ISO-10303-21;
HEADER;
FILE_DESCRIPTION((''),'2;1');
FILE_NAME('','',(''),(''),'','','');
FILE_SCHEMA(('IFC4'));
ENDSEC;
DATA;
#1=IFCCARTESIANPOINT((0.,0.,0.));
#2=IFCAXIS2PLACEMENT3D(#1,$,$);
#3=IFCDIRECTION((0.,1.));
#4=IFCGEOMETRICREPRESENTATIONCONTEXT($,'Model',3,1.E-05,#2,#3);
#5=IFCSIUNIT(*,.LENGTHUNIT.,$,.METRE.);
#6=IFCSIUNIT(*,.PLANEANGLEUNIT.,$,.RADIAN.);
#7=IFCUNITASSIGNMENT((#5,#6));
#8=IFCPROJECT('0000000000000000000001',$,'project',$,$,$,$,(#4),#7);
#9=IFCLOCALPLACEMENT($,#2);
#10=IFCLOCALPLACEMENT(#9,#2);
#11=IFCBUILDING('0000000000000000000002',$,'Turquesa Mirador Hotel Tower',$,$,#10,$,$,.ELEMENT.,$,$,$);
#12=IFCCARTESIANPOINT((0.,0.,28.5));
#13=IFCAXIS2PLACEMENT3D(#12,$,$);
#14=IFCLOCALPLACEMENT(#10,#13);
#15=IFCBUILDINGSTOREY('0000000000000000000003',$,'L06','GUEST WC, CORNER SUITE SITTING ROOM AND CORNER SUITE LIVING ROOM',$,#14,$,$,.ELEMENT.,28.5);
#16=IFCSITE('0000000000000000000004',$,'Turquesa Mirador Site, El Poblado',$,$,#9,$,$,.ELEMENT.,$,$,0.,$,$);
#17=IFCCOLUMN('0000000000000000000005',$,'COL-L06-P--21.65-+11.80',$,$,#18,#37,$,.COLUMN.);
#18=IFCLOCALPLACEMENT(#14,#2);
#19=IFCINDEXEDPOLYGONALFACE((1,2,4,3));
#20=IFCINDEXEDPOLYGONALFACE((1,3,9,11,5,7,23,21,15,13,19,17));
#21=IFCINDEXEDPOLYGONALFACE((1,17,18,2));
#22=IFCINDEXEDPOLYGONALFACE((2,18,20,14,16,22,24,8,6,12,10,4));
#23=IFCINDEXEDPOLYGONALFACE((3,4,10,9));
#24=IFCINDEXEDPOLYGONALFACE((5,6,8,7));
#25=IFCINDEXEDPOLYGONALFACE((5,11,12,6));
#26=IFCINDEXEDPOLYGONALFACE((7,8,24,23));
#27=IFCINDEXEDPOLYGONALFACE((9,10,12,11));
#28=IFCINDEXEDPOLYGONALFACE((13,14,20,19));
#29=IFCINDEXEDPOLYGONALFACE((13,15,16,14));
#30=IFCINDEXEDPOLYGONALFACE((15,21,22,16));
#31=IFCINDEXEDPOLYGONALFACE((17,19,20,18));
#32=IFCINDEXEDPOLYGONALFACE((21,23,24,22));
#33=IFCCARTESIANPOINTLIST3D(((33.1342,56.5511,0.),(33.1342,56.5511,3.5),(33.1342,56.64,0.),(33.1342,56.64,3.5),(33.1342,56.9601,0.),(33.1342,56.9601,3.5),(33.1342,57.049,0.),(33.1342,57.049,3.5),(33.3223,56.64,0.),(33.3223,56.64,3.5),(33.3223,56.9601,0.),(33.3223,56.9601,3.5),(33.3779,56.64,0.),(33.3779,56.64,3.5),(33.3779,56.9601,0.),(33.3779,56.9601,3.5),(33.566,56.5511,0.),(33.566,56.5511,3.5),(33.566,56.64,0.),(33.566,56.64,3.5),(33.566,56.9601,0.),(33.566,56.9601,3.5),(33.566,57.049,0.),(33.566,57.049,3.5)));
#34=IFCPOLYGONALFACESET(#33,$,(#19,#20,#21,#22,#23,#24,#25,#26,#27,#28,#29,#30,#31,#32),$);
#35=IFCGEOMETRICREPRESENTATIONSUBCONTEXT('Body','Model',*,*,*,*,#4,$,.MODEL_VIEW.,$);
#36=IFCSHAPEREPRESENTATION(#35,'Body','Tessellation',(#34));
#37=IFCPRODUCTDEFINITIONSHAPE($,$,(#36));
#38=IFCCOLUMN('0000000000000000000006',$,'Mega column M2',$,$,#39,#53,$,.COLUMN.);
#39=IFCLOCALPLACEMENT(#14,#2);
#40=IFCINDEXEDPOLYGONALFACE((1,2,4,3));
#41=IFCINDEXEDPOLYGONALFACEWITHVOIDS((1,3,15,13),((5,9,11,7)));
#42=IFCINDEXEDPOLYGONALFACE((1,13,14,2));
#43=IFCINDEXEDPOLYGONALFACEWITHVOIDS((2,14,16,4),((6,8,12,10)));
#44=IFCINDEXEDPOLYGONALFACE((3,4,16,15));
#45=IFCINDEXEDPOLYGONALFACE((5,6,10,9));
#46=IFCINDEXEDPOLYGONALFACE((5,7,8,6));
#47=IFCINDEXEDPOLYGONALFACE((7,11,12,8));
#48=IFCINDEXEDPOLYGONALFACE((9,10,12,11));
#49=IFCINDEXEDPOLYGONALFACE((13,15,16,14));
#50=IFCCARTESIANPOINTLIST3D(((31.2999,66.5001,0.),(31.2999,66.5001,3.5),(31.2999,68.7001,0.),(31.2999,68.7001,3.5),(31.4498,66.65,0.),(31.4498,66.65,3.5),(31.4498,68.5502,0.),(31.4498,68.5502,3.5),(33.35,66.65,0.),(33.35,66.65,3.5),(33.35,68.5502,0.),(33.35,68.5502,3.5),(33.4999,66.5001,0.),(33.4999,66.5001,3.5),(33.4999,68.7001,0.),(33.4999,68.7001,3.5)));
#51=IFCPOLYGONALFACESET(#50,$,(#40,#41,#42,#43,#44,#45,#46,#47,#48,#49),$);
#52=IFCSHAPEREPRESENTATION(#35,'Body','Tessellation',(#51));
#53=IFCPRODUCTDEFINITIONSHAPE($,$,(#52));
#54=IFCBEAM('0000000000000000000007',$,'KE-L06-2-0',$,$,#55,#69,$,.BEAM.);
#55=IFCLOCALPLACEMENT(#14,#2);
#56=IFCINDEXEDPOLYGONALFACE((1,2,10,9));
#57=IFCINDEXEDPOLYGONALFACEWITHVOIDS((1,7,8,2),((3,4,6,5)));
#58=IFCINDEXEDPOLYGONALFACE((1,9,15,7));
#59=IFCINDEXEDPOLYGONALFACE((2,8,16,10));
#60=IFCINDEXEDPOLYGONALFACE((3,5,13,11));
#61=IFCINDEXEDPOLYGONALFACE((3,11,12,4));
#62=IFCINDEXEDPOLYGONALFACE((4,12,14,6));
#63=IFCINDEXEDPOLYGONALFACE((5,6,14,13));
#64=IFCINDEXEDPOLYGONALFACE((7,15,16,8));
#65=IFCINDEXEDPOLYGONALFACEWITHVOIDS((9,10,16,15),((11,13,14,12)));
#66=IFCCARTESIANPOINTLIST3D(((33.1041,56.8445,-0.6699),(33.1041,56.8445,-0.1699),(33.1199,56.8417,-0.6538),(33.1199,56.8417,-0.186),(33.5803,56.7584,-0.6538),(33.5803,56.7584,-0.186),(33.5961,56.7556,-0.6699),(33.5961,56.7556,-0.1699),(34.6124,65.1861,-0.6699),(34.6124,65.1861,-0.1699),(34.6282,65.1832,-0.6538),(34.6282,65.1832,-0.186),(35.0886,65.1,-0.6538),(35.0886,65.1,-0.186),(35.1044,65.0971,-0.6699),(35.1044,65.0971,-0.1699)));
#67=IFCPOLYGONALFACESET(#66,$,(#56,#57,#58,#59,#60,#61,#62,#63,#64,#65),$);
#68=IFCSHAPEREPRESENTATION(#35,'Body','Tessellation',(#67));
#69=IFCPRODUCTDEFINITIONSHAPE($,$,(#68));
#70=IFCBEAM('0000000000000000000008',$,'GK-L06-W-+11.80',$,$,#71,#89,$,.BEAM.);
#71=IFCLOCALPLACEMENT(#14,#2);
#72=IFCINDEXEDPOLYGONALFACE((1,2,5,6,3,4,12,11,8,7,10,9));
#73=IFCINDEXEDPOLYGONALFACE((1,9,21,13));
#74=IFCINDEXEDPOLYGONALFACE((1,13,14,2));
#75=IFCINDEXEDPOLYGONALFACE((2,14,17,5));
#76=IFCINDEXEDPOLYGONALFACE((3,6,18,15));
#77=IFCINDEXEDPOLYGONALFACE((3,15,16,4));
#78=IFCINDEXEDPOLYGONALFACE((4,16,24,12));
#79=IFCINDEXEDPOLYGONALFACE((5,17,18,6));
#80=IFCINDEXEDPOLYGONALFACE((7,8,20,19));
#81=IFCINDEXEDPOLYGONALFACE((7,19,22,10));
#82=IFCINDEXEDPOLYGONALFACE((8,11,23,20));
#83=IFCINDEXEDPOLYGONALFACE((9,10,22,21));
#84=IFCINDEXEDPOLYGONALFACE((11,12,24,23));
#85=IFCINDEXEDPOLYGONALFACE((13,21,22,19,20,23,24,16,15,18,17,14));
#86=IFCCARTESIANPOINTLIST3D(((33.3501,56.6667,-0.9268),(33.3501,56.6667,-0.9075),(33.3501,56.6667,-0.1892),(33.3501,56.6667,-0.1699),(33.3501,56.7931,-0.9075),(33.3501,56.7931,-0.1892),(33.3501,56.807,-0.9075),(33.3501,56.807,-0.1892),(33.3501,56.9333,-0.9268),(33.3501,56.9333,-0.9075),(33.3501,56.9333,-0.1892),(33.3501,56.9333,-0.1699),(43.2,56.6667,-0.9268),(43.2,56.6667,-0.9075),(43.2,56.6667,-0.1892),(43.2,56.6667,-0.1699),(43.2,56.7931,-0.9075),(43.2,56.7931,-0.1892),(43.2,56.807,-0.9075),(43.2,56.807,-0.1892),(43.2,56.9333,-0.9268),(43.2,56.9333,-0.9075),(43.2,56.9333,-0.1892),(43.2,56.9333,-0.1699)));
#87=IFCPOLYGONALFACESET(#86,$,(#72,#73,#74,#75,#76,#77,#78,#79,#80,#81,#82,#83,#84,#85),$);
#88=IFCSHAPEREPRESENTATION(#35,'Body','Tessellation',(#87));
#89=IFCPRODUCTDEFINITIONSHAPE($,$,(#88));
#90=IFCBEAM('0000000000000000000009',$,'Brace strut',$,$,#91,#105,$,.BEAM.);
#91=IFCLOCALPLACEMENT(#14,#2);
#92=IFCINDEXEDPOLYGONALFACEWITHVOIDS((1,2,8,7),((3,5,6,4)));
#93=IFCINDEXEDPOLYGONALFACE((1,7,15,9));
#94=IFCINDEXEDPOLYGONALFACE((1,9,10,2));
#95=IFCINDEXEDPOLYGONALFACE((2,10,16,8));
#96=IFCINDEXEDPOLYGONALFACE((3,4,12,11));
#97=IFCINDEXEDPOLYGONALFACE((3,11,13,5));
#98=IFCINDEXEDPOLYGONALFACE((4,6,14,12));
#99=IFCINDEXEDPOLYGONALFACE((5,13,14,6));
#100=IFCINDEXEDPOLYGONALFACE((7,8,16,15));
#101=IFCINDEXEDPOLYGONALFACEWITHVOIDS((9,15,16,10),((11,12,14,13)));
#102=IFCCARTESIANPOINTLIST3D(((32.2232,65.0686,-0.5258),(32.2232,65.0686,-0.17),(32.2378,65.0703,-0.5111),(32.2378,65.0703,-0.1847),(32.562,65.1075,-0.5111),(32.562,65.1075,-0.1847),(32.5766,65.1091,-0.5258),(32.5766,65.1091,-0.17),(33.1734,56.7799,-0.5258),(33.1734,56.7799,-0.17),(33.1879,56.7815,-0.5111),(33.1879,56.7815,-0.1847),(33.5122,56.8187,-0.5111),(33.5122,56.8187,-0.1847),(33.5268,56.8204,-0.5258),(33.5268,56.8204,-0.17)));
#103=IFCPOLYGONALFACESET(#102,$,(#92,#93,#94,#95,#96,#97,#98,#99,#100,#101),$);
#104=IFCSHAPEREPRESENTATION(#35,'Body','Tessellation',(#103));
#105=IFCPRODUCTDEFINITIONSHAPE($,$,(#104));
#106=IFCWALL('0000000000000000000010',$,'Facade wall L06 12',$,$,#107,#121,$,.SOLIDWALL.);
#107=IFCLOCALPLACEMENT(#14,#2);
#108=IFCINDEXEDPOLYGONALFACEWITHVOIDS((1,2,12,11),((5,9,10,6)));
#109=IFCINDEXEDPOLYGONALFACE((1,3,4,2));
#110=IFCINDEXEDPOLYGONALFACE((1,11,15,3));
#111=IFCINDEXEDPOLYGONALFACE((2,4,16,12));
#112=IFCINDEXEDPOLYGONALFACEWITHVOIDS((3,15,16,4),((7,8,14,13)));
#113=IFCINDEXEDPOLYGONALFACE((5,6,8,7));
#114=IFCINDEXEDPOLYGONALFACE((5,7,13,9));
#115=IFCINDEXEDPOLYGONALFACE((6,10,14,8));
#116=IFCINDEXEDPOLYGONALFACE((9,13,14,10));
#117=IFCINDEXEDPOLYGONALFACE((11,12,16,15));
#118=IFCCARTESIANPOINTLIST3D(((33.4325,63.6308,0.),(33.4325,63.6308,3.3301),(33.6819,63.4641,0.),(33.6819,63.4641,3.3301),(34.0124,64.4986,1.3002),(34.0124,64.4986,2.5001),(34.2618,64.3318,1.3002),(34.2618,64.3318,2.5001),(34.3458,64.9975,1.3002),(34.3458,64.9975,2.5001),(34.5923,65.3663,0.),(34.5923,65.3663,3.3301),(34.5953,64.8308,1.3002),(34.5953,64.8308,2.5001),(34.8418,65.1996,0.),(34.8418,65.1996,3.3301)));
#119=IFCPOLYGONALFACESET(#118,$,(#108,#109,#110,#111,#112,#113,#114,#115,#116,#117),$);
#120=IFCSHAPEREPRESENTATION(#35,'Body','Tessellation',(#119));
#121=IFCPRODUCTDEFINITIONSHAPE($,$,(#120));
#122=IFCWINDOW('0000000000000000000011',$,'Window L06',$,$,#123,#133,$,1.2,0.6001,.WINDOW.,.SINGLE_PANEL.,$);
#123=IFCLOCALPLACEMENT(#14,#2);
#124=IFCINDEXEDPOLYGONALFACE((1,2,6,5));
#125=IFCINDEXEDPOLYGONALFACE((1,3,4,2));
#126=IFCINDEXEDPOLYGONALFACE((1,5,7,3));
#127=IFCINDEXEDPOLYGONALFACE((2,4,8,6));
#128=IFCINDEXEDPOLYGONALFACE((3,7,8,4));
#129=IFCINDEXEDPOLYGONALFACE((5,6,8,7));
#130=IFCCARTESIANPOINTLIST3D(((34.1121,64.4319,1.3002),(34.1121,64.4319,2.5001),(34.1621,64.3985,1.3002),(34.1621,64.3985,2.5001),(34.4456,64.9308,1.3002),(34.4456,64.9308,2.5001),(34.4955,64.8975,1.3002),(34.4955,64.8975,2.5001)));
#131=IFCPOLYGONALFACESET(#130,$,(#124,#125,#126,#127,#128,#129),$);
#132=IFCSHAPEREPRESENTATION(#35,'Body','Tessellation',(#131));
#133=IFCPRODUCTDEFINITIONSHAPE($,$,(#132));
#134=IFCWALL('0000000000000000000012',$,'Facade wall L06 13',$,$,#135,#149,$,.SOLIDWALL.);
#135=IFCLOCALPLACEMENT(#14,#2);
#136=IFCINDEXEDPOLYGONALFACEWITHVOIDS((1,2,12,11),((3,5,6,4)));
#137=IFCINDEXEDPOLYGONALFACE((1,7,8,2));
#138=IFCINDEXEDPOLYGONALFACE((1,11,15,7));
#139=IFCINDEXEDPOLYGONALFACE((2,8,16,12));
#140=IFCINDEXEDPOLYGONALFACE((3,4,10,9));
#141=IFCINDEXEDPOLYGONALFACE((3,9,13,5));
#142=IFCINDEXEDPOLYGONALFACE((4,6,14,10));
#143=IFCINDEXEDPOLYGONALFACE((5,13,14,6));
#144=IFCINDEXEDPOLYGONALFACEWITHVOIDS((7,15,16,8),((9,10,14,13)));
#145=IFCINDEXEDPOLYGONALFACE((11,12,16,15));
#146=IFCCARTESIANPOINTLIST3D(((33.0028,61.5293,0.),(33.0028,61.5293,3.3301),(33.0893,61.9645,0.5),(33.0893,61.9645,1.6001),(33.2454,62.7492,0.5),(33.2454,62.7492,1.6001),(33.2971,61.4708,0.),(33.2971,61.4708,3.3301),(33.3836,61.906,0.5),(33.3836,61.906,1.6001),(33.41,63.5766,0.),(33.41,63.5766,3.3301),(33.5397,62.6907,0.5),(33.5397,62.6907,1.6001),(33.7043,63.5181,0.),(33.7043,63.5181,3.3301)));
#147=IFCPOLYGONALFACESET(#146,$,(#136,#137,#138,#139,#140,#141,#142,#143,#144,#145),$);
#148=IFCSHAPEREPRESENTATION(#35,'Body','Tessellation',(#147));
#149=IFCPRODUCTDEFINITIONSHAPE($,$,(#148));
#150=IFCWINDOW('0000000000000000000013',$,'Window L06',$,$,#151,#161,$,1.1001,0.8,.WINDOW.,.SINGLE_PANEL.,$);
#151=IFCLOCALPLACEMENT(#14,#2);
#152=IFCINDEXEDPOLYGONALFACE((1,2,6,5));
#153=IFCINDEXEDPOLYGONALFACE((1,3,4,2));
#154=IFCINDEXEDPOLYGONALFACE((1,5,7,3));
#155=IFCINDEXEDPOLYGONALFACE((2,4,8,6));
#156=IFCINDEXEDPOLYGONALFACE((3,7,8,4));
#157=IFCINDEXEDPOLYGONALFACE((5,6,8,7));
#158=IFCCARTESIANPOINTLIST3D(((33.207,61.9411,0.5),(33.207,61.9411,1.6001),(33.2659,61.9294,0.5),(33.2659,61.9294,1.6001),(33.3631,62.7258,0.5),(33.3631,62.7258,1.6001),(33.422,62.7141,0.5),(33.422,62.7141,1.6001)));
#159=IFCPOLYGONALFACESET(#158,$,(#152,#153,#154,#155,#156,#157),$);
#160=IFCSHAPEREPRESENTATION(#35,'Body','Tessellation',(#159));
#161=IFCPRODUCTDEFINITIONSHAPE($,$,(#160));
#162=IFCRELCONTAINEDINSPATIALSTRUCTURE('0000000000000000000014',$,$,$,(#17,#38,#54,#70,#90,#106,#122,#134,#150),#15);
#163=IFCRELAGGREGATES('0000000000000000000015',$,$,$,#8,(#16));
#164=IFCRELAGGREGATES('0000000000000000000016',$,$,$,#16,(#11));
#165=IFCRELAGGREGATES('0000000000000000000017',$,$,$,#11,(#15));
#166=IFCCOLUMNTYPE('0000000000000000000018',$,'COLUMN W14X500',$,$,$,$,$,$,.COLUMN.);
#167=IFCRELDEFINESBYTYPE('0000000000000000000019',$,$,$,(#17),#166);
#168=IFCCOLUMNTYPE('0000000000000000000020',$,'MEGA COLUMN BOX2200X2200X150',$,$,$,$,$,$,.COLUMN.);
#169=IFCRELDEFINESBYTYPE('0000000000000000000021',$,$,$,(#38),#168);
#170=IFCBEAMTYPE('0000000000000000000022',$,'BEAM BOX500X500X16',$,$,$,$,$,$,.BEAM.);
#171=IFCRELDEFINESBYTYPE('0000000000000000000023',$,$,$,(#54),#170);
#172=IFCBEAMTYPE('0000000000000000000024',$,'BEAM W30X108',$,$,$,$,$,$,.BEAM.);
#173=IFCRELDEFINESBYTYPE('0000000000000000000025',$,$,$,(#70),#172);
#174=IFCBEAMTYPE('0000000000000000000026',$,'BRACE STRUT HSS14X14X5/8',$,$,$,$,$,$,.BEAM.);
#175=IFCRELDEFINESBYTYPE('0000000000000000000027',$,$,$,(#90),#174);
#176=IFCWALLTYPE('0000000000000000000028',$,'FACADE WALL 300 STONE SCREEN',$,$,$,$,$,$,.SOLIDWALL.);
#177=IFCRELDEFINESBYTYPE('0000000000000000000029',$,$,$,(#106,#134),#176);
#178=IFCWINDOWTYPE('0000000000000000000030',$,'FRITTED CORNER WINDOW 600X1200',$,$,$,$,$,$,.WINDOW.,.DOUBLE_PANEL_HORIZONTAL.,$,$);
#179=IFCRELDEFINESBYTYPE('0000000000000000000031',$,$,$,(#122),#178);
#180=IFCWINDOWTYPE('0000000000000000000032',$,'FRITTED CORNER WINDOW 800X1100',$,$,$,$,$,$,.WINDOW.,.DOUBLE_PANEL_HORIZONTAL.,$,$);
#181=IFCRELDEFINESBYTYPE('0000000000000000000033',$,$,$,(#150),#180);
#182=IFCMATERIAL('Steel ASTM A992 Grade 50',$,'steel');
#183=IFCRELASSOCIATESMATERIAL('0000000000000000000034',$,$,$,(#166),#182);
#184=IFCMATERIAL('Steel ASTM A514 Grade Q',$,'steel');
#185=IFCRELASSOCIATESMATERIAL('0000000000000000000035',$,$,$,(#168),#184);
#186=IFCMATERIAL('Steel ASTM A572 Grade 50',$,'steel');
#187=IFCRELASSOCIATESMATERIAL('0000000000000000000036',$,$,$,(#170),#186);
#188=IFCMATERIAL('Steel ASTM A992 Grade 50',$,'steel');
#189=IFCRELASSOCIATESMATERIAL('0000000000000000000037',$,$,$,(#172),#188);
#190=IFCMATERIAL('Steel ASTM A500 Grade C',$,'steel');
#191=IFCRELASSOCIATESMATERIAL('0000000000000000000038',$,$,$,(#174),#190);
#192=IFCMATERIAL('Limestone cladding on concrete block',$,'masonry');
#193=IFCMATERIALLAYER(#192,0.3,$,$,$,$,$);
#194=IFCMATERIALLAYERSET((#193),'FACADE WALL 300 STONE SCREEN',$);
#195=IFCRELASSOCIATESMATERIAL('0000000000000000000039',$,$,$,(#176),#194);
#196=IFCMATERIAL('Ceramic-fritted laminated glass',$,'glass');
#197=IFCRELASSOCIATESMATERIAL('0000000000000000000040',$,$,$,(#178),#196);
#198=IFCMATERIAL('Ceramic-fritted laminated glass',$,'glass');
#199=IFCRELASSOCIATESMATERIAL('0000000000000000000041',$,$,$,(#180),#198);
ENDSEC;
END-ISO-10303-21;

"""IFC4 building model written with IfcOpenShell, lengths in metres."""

from ifc_helpers import new_model, si_unit, direction, frame, frame_2d, origin, origin_2d, place, context, subcontext, project, spatial, rectangle, hollow_rectangle, i_section, extrude, material, layer, layer_set, material_profile, profile_set, type_object, element, fill, save


model = new_model("IFC4")

# Units and contexts
model_context = context("Model", 3, precision=1e-05, world=origin(), true_north=direction((0.0, 1.0)))
body_context = subcontext(model_context, "Body", "Model", "MODEL_VIEW")
ifc_project = project(units=[si_unit("LENGTHUNIT", "METRE"), si_unit("PLANEANGLEUNIT", "RADIAN")], contexts=[model_context])

# Site, building, storey
site_placement = place(None, origin())
site = spatial("IfcSite", under=ifc_project, at=site_placement, Name="Turquesa Mirador Site, El Poblado", CompositionType="ELEMENT", RefElevation=0.0)
building_placement = place(site_placement, origin())
building = spatial("IfcBuilding", under=site, at=building_placement, Name="Turquesa Mirador Hotel Tower", CompositionType="ELEMENT")
storey_placement = place(building_placement, frame((0.0, 0.0, 28.5)))
storey = spatial("IfcBuildingStorey", under=building, at=storey_placement, Name="L06", Description="GUEST WC, CORNER SUITE SITTING ROOM AND CORNER SUITE LIVING ROOM", CompositionType="ELEMENT", Elevation=28.5)

# Columns
ifc_material_1 = material(Name="Steel ASTM A992 Grade 50", Category="steel")
ifc_material_profile_1 = material_profile(ifc_material_1, i_section(OverallWidth=0.4319, OverallDepth=0.4978, WebThickness=0.0557, FlangeThickness=0.0889, at=origin_2d()), Name="W14X500")
ifc_profile_set_1 = profile_set([ifc_material_profile_1], Name="Steel ASTM A992 Grade 50")
column_type_1 = type_object("IfcColumnType", Name="COLUMN W14X500", PredefinedType="COLUMN", material=ifc_profile_set_1)
column_1_placement = place(storey_placement, frame((33.3501, 56.8, 0.0), z_axis=(0.0, 0.0, 1.0), x_axis=(1.0, 0.0, 0.0)))
element("IfcColumn", 1, at=column_1_placement, inside=storey, type_object=column_type_1, Name="COL-L06-P--21.65-+11.80", PredefinedType="COLUMN", context=body_context, shape_type="SweptSolid", body=[
    extrude(i_section(OverallWidth=0.4319, OverallDepth=0.4978, WebThickness=0.0557, FlangeThickness=0.0889, at=origin_2d()), origin(), (0.0, 0.0, 1.0), 3.5),
])
ifc_material_2 = material(Name="Steel ASTM A514 Grade Q", Category="steel")
ifc_material_profile_2 = material_profile(ifc_material_2, hollow_rectangle(XDim=2.2, YDim=2.2, WallThickness=0.1499, at=origin_2d()), Name="BOX2200X2200X150")
ifc_profile_set_2 = profile_set([ifc_material_profile_2], Name="Steel ASTM A514 Grade Q")
column_type_2 = type_object("IfcColumnType", Name="MEGA COLUMN BOX2200X2200X150", PredefinedType="COLUMN", material=ifc_profile_set_2)
column_2_placement = place(storey_placement, frame((32.3999, 67.6001, 0.0), z_axis=(0.0, 0.0, 1.0), x_axis=(1.0, 0.0, 0.0)))
element("IfcColumn", 2, at=column_2_placement, inside=storey, type_object=column_type_2, Name="Mega column M2", PredefinedType="COLUMN", context=body_context, shape_type="SweptSolid", body=[
    extrude(hollow_rectangle(XDim=2.2, YDim=2.2, WallThickness=0.1499, at=origin_2d()), origin(), (0.0, 0.0, 1.0), 3.5),
])

# Beams
ifc_material_3 = material(Name="Steel ASTM A572 Grade 50", Category="steel")
ifc_material_profile_3 = material_profile(ifc_material_3, hollow_rectangle(XDim=0.5, YDim=0.5, WallThickness=0.0161, at=origin_2d()), Name="BOX500X500X16")
ifc_profile_set_3 = profile_set([ifc_material_profile_3], Name="Steel ASTM A572 Grade 50")
beam_type_1 = type_object("IfcBeamType", Name="BEAM BOX500X500X16", PredefinedType="BEAM", material=ifc_profile_set_3)
beam_1_placement = place(storey_placement, frame((33.3501, 56.8, -0.4199), z_axis=(0.177932, 0.984043, 0.0), x_axis=(-0.984043, 0.177932, 0.0)))
element("IfcBeam", 3, at=beam_1_placement, inside=storey, type_object=beam_type_1, Name="KE-L06-2-0", PredefinedType="BEAM", context=body_context, shape_type="SweptSolid", body=[
    extrude(hollow_rectangle(XDim=0.5, YDim=0.5, WallThickness=0.0161, at=origin_2d()), origin(), (0.0, 0.0, 1.0), 8.4768),
])
ifc_material_4 = material(Name="Steel ASTM A992 Grade 50", Category="steel")
ifc_material_profile_4 = material_profile(ifc_material_4, i_section(OverallWidth=0.2666, OverallDepth=0.7568, WebThickness=0.0139, FlangeThickness=0.0193, at=origin_2d()), Name="W30X108")
ifc_profile_set_4 = profile_set([ifc_material_profile_4], Name="Steel ASTM A992 Grade 50")
beam_type_2 = type_object("IfcBeamType", Name="BEAM W30X108", PredefinedType="BEAM", material=ifc_profile_set_4)
beam_2_placement = place(storey_placement, frame((33.3501, 56.8, -0.5483), z_axis=(1.0, 0.0, 0.0), x_axis=(0.0, 1.0, 0.0)))
element("IfcBeam", 4, at=beam_2_placement, inside=storey, type_object=beam_type_2, Name="GK-L06-W-+11.80", PredefinedType="BEAM", context=body_context, shape_type="SweptSolid", body=[
    extrude(i_section(OverallWidth=0.2666, OverallDepth=0.7568, WebThickness=0.0139, FlangeThickness=0.0193, at=origin_2d()), origin(), (0.0, 0.0, 1.0), 9.8499),
])
ifc_material_5 = material(Name="Steel ASTM A500 Grade C", Category="steel")
ifc_material_profile_5 = material_profile(ifc_material_5, hollow_rectangle(XDim=0.3557, YDim=0.3557, WallThickness=0.0146, at=origin_2d()), Name="HSS14X14X5/8")
ifc_profile_set_5 = profile_set([ifc_material_profile_5], Name="Steel ASTM A500 Grade C")
beam_type_3 = type_object("IfcBeamType", Name="BRACE STRUT HSS14X14X5/8", PredefinedType="BEAM", material=ifc_profile_set_5)
beam_3_placement = place(storey_placement, frame((32.3999, 65.0889, -0.3479), z_axis=(0.11389, -0.993493, 0.0), x_axis=(0.993493, 0.11389, 0.0)))
element("IfcBeam", 5, at=beam_3_placement, inside=storey, type_object=beam_type_3, Name="Brace strut", PredefinedType="BEAM", context=body_context, shape_type="SweptSolid", body=[
    extrude(hollow_rectangle(XDim=0.3557, YDim=0.3557, WallThickness=0.0146, at=origin_2d()), origin(), (0.0, 0.0, 1.0), 8.343),
])

# Walls, openings, windows
ifc_material_6 = material(Name="Limestone cladding on concrete block", Category="masonry")
ifc_layer = layer(ifc_material_6, 0.3)
ifc_layer_set = layer_set([ifc_layer], Name="FACADE WALL 300 STONE SCREEN")
wall_type = type_object("IfcWallType", Name="FACADE WALL 300 STONE SCREEN", PredefinedType="SOLIDWALL", material=ifc_layer_set)
wall_1_placement = place(storey_placement, frame((34.717, 65.283, 0.0), z_axis=(0.0, 0.0, 1.0), x_axis=(-0.555644, -0.83142, 0.0)))
wall_1 = element("IfcWall", 6, at=wall_1_placement, inside=storey, type_object=wall_type, Name="Facade wall L06 12", PredefinedType="SOLIDWALL", context=body_context, shape_type="SweptSolid", body=[
    extrude(rectangle(XDim=2.0874, YDim=0.3, at=frame_2d((1.0437, 0.0))), origin(), (0.0, 0.0, 1.0), 3.3301),
])
opening_1_placement = place(wall_1_placement, frame((0.4436, 0.0, 1.3)))
opening_1 = element("IfcOpeningElement", 7, at=opening_1_placement, cuts=wall_1, PredefinedType="OPENING", context=body_context, shape_type="SweptSolid", body=[
    extrude(rectangle(XDim=0.6001, YDim=1.2, at=frame_2d((0.3, 0.6001))), frame((0.0, 0.1599, 0.0), z_axis=(0.0, -1.0, 0.0), x_axis=(1.0, 0.0, 0.0)), (0.0, 0.0, 1.0), 0.3201),
])
ifc_material_7 = material(Name="Ceramic-fritted laminated glass", Category="glass")
window_type_1 = type_object("IfcWindowType", Name="FRITTED CORNER WINDOW 600X1200", PartitioningType="DOUBLE_PANEL_HORIZONTAL", PredefinedType="WINDOW", material=ifc_material_7)
window_1_placement = place(opening_1_placement, origin())
window_1 = element("IfcWindow", 8, at=window_1_placement, inside=storey, type_object=window_type_1, Name="Window L06", OverallHeight=1.2, OverallWidth=0.6001, PartitioningType="SINGLE_PANEL", PredefinedType="WINDOW", context=body_context, shape_type="SweptSolid", body=[
    extrude(rectangle(XDim=0.6001, YDim=1.2, at=frame_2d((0.3, 0.6001))), frame((0.0, 0.03, 0.0), z_axis=(0.0, -1.0, 0.0), x_axis=(1.0, 0.0, 0.0)), (0.0, 0.0, 1.0), 0.0601),
])
fill(opening_1, window_1)
wall_2_placement = place(storey_placement, frame((33.5571, 63.5474, 0.0), z_axis=(0.0, 0.0, 1.0), x_axis=(-0.195081, -0.980787, 0.0)))
wall_2 = element("IfcWall", 9, at=wall_2_placement, inside=storey, type_object=wall_type, Name="Facade wall L06 13", PredefinedType="SOLIDWALL", context=body_context, shape_type="SweptSolid", body=[
    extrude(rectangle(XDim=2.0874, YDim=0.3, at=frame_2d((1.0437, 0.0))), origin(), (0.0, 0.0, 1.0), 3.3301),
])
opening_2_placement = place(wall_2_placement, frame((0.8438, 0.0, 0.5)))
opening_2 = element("IfcOpeningElement", 10, at=opening_2_placement, cuts=wall_2, PredefinedType="OPENING", context=body_context, shape_type="SweptSolid", body=[
    extrude(rectangle(XDim=0.8, YDim=1.1001, at=frame_2d((0.3999, 0.55))), frame((0.0, 0.1599, 0.0), z_axis=(0.0, -1.0, 0.0), x_axis=(1.0, 0.0, 0.0)), (0.0, 0.0, 1.0), 0.3201),
])
ifc_material_8 = material(Name="Ceramic-fritted laminated glass", Category="glass")
window_type_2 = type_object("IfcWindowType", Name="FRITTED CORNER WINDOW 800X1100", PartitioningType="DOUBLE_PANEL_HORIZONTAL", PredefinedType="WINDOW", material=ifc_material_8)
window_2_placement = place(opening_2_placement, origin())
window_2 = element("IfcWindow", 11, at=window_2_placement, inside=storey, type_object=window_type_2, Name="Window L06", OverallHeight=1.1001, OverallWidth=0.8, PartitioningType="SINGLE_PANEL", PredefinedType="WINDOW", context=body_context, shape_type="SweptSolid", body=[
    extrude(rectangle(XDim=0.8, YDim=1.1001, at=frame_2d((0.3999, 0.55))), frame((0.0, 0.03, 0.0), z_axis=(0.0, -1.0, 0.0), x_axis=(1.0, 0.0, 0.0)), (0.0, 0.0, 1.0), 0.0601),
])
fill(opening_2, window_2)

save(model, "model.ifc")
